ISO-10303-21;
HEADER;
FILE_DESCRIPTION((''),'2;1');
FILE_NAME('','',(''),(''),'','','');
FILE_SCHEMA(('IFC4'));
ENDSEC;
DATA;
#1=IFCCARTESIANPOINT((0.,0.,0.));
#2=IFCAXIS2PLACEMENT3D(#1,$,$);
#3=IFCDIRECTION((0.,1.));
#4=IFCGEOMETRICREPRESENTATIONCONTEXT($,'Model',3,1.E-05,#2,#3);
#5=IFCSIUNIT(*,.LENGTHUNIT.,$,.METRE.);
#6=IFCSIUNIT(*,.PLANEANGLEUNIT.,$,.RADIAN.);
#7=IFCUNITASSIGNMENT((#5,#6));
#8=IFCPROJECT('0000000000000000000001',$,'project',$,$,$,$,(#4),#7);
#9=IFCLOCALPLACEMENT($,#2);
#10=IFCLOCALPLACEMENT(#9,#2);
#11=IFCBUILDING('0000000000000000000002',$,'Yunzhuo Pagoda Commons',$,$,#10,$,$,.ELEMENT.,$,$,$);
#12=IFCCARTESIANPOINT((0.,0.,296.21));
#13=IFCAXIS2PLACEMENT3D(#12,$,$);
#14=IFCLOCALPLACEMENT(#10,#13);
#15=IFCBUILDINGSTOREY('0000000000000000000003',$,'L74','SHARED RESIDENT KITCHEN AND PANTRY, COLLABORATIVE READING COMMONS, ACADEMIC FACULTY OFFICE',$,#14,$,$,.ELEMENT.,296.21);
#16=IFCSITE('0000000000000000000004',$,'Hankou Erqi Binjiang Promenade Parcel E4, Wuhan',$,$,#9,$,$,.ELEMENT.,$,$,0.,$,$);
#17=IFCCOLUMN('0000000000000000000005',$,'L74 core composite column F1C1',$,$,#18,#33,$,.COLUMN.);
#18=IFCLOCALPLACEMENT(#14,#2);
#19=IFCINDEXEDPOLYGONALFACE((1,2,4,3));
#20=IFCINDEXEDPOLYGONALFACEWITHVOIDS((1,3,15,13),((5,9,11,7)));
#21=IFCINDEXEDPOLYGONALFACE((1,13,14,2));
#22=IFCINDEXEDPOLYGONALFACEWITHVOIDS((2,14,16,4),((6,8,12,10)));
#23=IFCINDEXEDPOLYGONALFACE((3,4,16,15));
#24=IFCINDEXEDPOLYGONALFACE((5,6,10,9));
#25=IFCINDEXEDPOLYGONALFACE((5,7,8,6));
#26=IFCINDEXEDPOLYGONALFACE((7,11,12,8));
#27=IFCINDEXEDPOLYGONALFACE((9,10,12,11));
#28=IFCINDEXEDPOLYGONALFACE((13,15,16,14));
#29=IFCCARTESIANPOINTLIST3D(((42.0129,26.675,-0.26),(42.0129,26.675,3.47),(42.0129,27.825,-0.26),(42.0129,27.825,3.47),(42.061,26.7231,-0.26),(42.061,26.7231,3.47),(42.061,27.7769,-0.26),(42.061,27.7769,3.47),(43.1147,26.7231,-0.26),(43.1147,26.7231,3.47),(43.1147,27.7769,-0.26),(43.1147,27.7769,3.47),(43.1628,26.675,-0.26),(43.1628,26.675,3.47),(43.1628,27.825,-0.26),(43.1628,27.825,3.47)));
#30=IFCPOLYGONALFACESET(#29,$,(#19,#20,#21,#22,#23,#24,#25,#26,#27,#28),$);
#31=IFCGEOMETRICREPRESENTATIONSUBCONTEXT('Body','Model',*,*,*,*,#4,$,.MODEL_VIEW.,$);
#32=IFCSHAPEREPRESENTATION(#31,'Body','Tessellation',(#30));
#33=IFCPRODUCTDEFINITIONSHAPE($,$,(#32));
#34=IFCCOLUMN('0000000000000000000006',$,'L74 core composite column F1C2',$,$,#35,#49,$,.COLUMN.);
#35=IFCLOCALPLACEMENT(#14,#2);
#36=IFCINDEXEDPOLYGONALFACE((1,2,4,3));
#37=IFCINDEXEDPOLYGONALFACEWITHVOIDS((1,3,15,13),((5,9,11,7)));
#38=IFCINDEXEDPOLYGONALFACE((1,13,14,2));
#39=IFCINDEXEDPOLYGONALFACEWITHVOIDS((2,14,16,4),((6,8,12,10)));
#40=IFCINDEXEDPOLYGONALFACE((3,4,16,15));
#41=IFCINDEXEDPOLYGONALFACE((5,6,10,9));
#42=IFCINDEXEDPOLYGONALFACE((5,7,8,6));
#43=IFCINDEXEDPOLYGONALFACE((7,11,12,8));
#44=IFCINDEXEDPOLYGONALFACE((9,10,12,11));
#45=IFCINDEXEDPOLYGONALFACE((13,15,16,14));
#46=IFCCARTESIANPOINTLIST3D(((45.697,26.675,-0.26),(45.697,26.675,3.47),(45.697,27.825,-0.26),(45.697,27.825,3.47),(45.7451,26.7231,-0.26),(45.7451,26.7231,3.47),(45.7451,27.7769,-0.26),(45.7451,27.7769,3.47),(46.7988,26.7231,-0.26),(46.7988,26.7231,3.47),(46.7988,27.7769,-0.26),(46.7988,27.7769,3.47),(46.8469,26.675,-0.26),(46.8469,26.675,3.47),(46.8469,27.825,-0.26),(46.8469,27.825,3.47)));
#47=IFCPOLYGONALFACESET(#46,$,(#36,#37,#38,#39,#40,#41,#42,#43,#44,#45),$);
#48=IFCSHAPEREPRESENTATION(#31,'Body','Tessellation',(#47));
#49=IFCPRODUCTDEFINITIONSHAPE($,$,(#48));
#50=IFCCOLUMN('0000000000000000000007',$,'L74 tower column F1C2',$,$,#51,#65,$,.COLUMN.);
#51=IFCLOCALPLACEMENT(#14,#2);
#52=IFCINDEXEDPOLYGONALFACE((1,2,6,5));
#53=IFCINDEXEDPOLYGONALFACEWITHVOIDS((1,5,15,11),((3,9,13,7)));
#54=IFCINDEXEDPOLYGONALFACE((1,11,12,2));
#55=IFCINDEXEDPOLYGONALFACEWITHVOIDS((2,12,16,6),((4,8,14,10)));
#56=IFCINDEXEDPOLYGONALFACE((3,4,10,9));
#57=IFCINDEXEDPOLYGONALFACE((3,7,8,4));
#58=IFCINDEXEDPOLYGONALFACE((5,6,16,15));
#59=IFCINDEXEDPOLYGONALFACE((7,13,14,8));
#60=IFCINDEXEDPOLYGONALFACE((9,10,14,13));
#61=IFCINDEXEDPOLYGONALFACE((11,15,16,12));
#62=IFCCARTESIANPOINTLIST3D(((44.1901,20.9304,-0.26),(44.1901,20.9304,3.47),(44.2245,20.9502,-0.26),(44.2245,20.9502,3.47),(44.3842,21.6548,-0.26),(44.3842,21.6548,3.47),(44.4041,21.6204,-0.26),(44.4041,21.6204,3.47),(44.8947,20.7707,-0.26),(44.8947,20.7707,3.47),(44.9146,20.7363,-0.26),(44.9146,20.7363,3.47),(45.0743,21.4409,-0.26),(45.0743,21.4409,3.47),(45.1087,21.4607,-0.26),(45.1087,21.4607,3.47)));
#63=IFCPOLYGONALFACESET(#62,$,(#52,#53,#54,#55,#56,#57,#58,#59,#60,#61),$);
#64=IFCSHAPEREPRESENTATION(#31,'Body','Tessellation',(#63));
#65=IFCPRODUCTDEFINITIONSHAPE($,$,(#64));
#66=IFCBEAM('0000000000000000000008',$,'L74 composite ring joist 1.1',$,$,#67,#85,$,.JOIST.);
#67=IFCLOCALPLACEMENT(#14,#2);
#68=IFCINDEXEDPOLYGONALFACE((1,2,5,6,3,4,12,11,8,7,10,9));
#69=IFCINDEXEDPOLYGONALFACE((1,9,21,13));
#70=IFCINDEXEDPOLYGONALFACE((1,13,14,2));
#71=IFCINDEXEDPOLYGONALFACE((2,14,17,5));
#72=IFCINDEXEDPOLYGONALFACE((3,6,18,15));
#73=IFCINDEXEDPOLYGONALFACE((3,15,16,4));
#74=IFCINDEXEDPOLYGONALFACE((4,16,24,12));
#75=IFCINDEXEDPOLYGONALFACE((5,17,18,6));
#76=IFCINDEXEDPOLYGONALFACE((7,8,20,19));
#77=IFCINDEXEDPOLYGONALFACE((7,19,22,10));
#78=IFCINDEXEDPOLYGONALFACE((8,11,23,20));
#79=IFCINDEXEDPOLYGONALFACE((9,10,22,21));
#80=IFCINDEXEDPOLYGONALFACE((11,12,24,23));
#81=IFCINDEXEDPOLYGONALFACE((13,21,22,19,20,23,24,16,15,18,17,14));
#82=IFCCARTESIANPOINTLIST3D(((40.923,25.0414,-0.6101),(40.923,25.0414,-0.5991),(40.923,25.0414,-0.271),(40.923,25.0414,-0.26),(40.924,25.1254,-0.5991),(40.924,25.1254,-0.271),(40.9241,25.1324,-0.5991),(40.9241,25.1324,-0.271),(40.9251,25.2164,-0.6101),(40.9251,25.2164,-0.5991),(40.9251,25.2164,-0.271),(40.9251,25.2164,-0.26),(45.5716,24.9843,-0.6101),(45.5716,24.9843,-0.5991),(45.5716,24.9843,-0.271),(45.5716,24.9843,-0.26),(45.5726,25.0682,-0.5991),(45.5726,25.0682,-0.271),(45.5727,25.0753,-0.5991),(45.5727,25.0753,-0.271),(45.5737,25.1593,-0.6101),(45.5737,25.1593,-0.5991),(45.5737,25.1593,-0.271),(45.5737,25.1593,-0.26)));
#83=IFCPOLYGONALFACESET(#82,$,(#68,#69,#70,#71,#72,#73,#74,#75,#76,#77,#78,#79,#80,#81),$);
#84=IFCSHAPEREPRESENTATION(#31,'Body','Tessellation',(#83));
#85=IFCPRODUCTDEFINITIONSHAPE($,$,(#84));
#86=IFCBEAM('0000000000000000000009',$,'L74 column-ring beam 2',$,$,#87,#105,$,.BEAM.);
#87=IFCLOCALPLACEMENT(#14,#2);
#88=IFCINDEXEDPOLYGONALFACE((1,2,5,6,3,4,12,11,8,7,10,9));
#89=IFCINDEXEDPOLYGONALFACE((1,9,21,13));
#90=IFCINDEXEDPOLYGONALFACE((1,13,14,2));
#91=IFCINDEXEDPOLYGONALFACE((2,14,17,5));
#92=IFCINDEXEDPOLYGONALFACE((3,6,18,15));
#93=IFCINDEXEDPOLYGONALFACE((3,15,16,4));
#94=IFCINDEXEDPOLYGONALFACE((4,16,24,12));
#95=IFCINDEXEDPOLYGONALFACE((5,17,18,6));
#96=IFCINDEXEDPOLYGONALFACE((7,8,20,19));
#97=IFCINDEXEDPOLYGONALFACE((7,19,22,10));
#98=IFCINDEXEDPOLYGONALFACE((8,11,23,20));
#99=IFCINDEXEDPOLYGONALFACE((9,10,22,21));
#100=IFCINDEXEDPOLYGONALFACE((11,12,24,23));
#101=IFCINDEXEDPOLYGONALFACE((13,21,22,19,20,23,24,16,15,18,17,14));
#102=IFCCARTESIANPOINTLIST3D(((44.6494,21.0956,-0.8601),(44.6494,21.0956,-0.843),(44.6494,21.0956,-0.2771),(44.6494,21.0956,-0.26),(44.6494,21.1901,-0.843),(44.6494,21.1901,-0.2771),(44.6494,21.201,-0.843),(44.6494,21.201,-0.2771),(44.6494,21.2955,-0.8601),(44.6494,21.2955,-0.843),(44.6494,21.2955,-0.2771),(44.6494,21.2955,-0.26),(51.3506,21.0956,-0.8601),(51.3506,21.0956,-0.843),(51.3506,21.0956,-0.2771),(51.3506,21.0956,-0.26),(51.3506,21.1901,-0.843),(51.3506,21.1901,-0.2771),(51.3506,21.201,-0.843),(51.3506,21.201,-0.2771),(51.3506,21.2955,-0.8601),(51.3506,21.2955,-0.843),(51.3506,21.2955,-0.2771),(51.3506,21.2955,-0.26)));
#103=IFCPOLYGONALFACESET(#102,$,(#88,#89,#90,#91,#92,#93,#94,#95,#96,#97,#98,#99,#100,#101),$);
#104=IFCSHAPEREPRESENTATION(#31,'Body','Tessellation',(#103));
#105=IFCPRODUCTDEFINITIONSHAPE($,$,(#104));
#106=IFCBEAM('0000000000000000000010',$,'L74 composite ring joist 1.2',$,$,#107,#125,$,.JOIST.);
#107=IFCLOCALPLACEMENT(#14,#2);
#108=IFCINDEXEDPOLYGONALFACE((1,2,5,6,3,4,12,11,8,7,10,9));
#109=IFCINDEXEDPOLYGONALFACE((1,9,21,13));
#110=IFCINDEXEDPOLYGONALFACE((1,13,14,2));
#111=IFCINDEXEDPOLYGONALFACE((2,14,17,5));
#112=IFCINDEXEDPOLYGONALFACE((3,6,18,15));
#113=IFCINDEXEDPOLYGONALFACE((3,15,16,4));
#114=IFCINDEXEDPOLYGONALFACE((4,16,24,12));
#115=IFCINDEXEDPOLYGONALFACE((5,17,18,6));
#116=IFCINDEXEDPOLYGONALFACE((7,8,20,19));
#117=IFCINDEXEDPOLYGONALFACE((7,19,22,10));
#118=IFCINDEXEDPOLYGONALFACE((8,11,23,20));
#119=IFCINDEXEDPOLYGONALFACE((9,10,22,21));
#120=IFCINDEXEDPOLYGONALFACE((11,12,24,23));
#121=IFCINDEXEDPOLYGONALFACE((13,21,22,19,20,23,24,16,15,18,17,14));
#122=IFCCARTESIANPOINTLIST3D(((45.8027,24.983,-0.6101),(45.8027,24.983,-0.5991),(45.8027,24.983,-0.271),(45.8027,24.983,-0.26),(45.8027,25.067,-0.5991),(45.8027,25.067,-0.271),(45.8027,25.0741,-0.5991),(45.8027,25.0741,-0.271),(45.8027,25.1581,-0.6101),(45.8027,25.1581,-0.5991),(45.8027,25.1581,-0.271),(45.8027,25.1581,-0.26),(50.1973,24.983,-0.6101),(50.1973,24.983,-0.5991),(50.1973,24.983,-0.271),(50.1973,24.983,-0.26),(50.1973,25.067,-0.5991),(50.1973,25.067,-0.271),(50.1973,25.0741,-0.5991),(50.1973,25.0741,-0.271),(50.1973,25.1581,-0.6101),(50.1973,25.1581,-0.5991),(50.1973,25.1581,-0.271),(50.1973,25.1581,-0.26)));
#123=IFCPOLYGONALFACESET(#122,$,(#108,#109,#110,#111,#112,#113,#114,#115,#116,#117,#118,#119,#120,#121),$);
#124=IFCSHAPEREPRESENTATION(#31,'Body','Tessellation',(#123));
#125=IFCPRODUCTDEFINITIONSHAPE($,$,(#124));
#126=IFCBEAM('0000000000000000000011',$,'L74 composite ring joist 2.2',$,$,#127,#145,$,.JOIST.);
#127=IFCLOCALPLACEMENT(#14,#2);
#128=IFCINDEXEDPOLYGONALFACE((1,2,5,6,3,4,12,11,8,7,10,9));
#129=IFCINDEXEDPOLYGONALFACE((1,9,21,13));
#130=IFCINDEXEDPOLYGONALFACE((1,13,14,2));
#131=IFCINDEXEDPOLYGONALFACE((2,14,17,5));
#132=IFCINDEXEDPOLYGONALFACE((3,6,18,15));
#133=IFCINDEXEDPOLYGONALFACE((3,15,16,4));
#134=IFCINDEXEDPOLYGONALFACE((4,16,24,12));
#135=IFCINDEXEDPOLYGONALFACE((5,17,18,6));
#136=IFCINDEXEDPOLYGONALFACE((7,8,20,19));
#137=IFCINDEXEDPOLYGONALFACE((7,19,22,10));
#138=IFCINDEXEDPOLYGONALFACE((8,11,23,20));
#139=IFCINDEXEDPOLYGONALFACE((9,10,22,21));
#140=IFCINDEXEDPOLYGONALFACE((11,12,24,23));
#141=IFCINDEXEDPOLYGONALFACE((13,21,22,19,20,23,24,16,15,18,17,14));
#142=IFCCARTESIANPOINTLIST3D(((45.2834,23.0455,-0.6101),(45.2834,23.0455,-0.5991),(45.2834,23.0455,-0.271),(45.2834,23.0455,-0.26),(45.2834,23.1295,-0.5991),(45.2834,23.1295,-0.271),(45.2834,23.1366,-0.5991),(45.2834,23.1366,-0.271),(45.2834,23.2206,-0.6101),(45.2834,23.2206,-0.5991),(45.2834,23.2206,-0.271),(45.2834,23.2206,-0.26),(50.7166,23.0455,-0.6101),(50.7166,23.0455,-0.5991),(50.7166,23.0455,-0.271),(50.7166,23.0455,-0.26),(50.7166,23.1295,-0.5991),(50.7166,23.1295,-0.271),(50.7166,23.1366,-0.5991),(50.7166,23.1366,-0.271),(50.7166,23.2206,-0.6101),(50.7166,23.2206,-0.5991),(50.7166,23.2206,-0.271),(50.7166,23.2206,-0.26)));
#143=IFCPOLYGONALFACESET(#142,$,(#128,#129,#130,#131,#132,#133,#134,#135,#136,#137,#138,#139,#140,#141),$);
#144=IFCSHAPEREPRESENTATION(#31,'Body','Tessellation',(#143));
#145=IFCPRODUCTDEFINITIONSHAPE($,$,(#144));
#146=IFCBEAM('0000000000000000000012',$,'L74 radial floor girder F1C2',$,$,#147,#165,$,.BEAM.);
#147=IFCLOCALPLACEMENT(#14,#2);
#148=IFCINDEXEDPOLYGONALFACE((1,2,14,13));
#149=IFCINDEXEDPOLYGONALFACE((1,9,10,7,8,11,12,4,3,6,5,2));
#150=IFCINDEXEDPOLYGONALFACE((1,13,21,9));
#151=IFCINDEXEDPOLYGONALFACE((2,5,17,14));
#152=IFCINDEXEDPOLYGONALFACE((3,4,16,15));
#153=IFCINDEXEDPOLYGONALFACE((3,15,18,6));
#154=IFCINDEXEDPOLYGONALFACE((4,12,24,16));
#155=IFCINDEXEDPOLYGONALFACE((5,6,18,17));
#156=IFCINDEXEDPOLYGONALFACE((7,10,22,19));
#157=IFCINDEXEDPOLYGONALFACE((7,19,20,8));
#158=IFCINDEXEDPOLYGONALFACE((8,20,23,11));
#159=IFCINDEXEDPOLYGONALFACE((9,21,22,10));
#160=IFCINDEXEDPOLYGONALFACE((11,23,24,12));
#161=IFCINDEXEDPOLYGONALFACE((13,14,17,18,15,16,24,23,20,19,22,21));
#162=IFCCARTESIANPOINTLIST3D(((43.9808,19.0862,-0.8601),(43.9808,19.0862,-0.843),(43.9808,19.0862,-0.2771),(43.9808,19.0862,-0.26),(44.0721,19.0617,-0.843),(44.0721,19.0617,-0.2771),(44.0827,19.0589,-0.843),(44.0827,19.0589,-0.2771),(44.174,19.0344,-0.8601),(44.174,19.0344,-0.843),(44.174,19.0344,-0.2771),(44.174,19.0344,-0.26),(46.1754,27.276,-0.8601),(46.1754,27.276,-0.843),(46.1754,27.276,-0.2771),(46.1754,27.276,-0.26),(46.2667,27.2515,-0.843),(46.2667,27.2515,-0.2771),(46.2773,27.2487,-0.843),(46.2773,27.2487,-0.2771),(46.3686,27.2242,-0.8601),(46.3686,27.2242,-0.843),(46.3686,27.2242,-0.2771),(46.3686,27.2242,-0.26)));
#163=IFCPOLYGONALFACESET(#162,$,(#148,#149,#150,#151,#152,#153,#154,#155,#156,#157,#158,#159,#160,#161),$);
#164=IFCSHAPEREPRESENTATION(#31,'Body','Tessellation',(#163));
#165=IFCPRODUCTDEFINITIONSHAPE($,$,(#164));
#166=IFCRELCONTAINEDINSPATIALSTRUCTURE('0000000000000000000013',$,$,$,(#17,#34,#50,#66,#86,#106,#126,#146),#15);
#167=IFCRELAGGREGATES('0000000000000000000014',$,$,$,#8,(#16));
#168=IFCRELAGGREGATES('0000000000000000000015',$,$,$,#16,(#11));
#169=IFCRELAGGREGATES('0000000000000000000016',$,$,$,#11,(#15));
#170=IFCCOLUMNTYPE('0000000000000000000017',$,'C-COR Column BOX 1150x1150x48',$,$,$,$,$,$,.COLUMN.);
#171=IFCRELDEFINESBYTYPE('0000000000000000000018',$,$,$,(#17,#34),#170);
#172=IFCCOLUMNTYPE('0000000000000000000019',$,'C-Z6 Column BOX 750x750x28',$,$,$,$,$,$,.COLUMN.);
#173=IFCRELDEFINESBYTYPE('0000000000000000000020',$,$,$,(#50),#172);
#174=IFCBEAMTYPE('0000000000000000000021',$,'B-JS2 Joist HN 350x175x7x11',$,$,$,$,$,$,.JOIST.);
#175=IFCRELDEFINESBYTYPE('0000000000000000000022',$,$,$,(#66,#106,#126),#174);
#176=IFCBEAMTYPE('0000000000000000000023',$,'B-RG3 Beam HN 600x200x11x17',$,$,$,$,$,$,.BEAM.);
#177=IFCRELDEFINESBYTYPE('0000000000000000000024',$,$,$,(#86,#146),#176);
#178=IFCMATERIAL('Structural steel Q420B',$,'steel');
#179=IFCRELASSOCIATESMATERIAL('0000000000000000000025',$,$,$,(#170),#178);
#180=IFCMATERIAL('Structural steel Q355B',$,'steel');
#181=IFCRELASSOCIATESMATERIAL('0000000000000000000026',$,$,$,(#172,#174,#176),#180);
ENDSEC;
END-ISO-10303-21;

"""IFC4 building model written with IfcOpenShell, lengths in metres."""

from ifc_helpers import new_model, si_unit, direction, frame, origin, origin_2d, place, context, subcontext, project, spatial, hollow_rectangle, i_section, extrude, source, transform, mapped, material, material_profile, profile_set, type_object, element, save


model = new_model("IFC4")

# Units and contexts
model_context = context("Model", 3, precision=1e-05, world=origin(), true_north=direction((0.0, 1.0)))
body_context = subcontext(model_context, "Body", "Model", "MODEL_VIEW")
ifc_project = project(units=[si_unit("LENGTHUNIT", "METRE"), si_unit("PLANEANGLEUNIT", "RADIAN")], contexts=[model_context])

# Site, building, storey
site_placement = place(None, origin())
site = spatial("IfcSite", under=ifc_project, at=site_placement, Name="Hankou Erqi Binjiang Promenade Parcel E4, Wuhan", CompositionType="ELEMENT", RefElevation=0.0)
building_placement = place(site_placement, origin())
building = spatial("IfcBuilding", under=site, at=building_placement, Name="Yunzhuo Pagoda Commons", CompositionType="ELEMENT")
storey_placement = place(building_placement, frame((0.0, 0.0, 296.21)))
storey = spatial("IfcBuildingStorey", under=building, at=storey_placement, Name="L74", Description="SHARED RESIDENT KITCHEN AND PANTRY, COLLABORATIVE READING COMMONS, ACADEMIC FACULTY OFFICE", CompositionType="ELEMENT", Elevation=296.21)

# Columns
ifc_material_1 = material(Name="Structural steel Q420B", Category="steel")
ifc_material_profile_1 = material_profile(ifc_material_1, hollow_rectangle(XDim=1.1499, YDim=1.1499, WallThickness=0.0481, at=origin_2d()), Name="Structural steel Q420B")
ifc_profile_set_1 = profile_set([ifc_material_profile_1], Name="Structural steel Q420B")
column_type_1 = type_object("IfcColumnType", Name="C-COR Column BOX 1150x1150x48", PredefinedType="COLUMN", material=ifc_profile_set_1)
shared_shape_1 = source(origin(), body_context, "Body", "SweptSolid", [
    extrude(hollow_rectangle(XDim=1.1499, YDim=1.1499, WallThickness=0.0481, at=origin_2d()), origin(), (0.0, 0.0, 1.0), 3.73),
])
for number, where, z_axis, x_axis, name in (
    (1, (42.5879, 27.25, -0.26), (0.0, 0.0, 1.0), (1.0, 0.0, 0.0), "L74 core composite column F1C1"),
    (2, (46.272, 27.25, -0.26), (0.0, 0.0, 1.0), (1.0, 0.0, 0.0), "L74 core composite column F1C2"),
):
    element("IfcColumn", number, at=place(storey_placement, frame(where, z_axis=z_axis, x_axis=x_axis)), inside=storey, type_object=column_type_1, Name=name, PredefinedType="COLUMN", context=body_context, shape_type="MappedRepresentation", body=[
        mapped(shared_shape_1, transform((0.0, 0.0, 0.0), scale=1.0)),
    ])
ifc_material_2 = material(Name="Structural steel Q355B", Category="steel")
ifc_material_profile_2 = material_profile(ifc_material_2, hollow_rectangle(XDim=0.75, YDim=0.75, WallThickness=0.0281, at=origin_2d()), Name="Structural steel Q355B")
ifc_profile_set_2 = profile_set([ifc_material_profile_2], Name="Structural steel Q355B")
column_type_2 = type_object("IfcColumnType", Name="C-Z6 Column BOX 750x750x28", PredefinedType="COLUMN", material=ifc_profile_set_2)
shared_shape_2 = source(origin(), body_context, "Body", "SweptSolid", [
    extrude(hollow_rectangle(XDim=0.75, YDim=0.75, WallThickness=0.0281, at=origin_2d()), origin(), (0.0, 0.0, 1.0), 3.73),
])
column_placement = place(storey_placement, frame((44.6494, 21.1956, -0.26), z_axis=(0.0, 0.0, 1.0), x_axis=(0.965926, -0.258819, 0.0)))
element("IfcColumn", 3, at=column_placement, inside=storey, type_object=column_type_2, Name="L74 tower column F1C2", PredefinedType="COLUMN", context=body_context, shape_type="MappedRepresentation", body=[
    mapped(shared_shape_2, transform((0.0, 0.0, 0.0), scale=1.0)),
])

# Beams
ifc_material_profile_3 = material_profile(ifc_material_2, i_section(OverallWidth=0.175, OverallDepth=0.3501, WebThickness=0.0071, FlangeThickness=0.011, at=origin_2d()), Name="Structural steel Q355B")
ifc_profile_set_3 = profile_set([ifc_material_profile_3], Name="Structural steel Q355B")
beam_type_1 = type_object("IfcBeamType", Name="B-JS2 Joist HN 350x175x7x11", PredefinedType="JOIST", material=ifc_profile_set_3)
shared_shape_3 = source(origin(), body_context, "Body", "SweptSolid", [
    extrude(i_section(OverallWidth=0.175, OverallDepth=0.3501, WebThickness=0.0071, FlangeThickness=0.011, at=origin_2d()), origin(), (0.0, 0.0, 1.0), 4.6489),
])
beam_1_placement = place(storey_placement, frame((40.9241, 25.1289, -0.4351), z_axis=(0.999924, -0.012288, 0.0), x_axis=(0.012288, 0.999924, 0.0)))
element("IfcBeam", 4, at=beam_1_placement, inside=storey, type_object=beam_type_1, Name="L74 composite ring joist 1.1", PredefinedType="JOIST", context=body_context, shape_type="MappedRepresentation", body=[
    mapped(shared_shape_3, transform((0.0, 0.0, 0.0), scale=1.0)),
])
ifc_material_profile_4 = material_profile(ifc_material_2, i_section(OverallWidth=0.2, OverallDepth=0.6001, WebThickness=0.011, FlangeThickness=0.0171, at=origin_2d()), Name="Structural steel Q355B")
ifc_profile_set_4 = profile_set([ifc_material_profile_4], Name="Structural steel Q355B")
beam_type_2 = type_object("IfcBeamType", Name="B-RG3 Beam HN 600x200x11x17", PredefinedType="BEAM", material=ifc_profile_set_4)
shared_shape_4 = source(origin(), body_context, "Body", "SweptSolid", [
    extrude(i_section(OverallWidth=0.2, OverallDepth=0.6001, WebThickness=0.011, FlangeThickness=0.0171, at=origin_2d()), origin(), (0.0, 0.0, 1.0), 6.7012),
])
beam_2_placement = place(storey_placement, frame((44.6494, 21.1956, -0.5601), z_axis=(1.0, 0.0, 0.0), x_axis=(0.0, 1.0, 0.0)))
element("IfcBeam", 5, at=beam_2_placement, inside=storey, type_object=beam_type_2, Name="L74 column-ring beam 2", PredefinedType="BEAM", context=body_context, shape_type="MappedRepresentation", body=[
    mapped(shared_shape_4, transform((0.0, 0.0, 0.0), scale=1.0)),
])
shared_shape_5 = source(origin(), body_context, "Body", "SweptSolid", [
    extrude(i_section(OverallWidth=0.175, OverallDepth=0.3501, WebThickness=0.0071, FlangeThickness=0.011, at=origin_2d()), origin(), (0.0, 0.0, 1.0), 4.3945),
])
beam_3_placement = place(storey_placement, frame((45.8027, 25.0706, -0.4351), z_axis=(1.0, 0.0, 0.0), x_axis=(0.0, 1.0, 0.0)))
element("IfcBeam", 6, at=beam_3_placement, inside=storey, type_object=beam_type_1, Name="L74 composite ring joist 1.2", PredefinedType="JOIST", context=body_context, shape_type="MappedRepresentation", body=[
    mapped(shared_shape_5, transform((0.0, 0.0, 0.0), scale=1.0)),
])
shared_shape_6 = source(origin(), body_context, "Body", "SweptSolid", [
    extrude(i_section(OverallWidth=0.175, OverallDepth=0.3501, WebThickness=0.0071, FlangeThickness=0.011, at=origin_2d()), origin(), (0.0, 0.0, 1.0), 5.4331),
])
beam_4_placement = place(storey_placement, frame((45.2834, 23.1331, -0.4351), z_axis=(1.0, 0.0, 0.0), x_axis=(0.0, 1.0, 0.0)))
element("IfcBeam", 7, at=beam_4_placement, inside=storey, type_object=beam_type_1, Name="L74 composite ring joist 2.2", PredefinedType="JOIST", context=body_context, shape_type="MappedRepresentation", body=[
    mapped(shared_shape_6, transform((0.0, 0.0, 0.0), scale=1.0)),
])
shared_shape_7 = source(origin(), body_context, "Body", "SweptSolid", [
    extrude(i_section(OverallWidth=0.2, OverallDepth=0.6001, WebThickness=0.011, FlangeThickness=0.0171, at=origin_2d()), origin(), (0.0, 0.0, 1.0), 8.4788),
])
beam_5_placement = place(storey_placement, frame((44.0774, 19.0603, -0.5601), z_axis=(0.258836, 0.965921, 0.0), x_axis=(-0.965921, 0.258836, 0.0)))
element("IfcBeam", 8, at=beam_5_placement, inside=storey, type_object=beam_type_2, Name="L74 radial floor girder F1C2", PredefinedType="BEAM", context=body_context, shape_type="MappedRepresentation", body=[
    mapped(shared_shape_7, transform((0.0, 0.0, 0.0), scale=1.0)),
])

save(model, "model.ifc")
